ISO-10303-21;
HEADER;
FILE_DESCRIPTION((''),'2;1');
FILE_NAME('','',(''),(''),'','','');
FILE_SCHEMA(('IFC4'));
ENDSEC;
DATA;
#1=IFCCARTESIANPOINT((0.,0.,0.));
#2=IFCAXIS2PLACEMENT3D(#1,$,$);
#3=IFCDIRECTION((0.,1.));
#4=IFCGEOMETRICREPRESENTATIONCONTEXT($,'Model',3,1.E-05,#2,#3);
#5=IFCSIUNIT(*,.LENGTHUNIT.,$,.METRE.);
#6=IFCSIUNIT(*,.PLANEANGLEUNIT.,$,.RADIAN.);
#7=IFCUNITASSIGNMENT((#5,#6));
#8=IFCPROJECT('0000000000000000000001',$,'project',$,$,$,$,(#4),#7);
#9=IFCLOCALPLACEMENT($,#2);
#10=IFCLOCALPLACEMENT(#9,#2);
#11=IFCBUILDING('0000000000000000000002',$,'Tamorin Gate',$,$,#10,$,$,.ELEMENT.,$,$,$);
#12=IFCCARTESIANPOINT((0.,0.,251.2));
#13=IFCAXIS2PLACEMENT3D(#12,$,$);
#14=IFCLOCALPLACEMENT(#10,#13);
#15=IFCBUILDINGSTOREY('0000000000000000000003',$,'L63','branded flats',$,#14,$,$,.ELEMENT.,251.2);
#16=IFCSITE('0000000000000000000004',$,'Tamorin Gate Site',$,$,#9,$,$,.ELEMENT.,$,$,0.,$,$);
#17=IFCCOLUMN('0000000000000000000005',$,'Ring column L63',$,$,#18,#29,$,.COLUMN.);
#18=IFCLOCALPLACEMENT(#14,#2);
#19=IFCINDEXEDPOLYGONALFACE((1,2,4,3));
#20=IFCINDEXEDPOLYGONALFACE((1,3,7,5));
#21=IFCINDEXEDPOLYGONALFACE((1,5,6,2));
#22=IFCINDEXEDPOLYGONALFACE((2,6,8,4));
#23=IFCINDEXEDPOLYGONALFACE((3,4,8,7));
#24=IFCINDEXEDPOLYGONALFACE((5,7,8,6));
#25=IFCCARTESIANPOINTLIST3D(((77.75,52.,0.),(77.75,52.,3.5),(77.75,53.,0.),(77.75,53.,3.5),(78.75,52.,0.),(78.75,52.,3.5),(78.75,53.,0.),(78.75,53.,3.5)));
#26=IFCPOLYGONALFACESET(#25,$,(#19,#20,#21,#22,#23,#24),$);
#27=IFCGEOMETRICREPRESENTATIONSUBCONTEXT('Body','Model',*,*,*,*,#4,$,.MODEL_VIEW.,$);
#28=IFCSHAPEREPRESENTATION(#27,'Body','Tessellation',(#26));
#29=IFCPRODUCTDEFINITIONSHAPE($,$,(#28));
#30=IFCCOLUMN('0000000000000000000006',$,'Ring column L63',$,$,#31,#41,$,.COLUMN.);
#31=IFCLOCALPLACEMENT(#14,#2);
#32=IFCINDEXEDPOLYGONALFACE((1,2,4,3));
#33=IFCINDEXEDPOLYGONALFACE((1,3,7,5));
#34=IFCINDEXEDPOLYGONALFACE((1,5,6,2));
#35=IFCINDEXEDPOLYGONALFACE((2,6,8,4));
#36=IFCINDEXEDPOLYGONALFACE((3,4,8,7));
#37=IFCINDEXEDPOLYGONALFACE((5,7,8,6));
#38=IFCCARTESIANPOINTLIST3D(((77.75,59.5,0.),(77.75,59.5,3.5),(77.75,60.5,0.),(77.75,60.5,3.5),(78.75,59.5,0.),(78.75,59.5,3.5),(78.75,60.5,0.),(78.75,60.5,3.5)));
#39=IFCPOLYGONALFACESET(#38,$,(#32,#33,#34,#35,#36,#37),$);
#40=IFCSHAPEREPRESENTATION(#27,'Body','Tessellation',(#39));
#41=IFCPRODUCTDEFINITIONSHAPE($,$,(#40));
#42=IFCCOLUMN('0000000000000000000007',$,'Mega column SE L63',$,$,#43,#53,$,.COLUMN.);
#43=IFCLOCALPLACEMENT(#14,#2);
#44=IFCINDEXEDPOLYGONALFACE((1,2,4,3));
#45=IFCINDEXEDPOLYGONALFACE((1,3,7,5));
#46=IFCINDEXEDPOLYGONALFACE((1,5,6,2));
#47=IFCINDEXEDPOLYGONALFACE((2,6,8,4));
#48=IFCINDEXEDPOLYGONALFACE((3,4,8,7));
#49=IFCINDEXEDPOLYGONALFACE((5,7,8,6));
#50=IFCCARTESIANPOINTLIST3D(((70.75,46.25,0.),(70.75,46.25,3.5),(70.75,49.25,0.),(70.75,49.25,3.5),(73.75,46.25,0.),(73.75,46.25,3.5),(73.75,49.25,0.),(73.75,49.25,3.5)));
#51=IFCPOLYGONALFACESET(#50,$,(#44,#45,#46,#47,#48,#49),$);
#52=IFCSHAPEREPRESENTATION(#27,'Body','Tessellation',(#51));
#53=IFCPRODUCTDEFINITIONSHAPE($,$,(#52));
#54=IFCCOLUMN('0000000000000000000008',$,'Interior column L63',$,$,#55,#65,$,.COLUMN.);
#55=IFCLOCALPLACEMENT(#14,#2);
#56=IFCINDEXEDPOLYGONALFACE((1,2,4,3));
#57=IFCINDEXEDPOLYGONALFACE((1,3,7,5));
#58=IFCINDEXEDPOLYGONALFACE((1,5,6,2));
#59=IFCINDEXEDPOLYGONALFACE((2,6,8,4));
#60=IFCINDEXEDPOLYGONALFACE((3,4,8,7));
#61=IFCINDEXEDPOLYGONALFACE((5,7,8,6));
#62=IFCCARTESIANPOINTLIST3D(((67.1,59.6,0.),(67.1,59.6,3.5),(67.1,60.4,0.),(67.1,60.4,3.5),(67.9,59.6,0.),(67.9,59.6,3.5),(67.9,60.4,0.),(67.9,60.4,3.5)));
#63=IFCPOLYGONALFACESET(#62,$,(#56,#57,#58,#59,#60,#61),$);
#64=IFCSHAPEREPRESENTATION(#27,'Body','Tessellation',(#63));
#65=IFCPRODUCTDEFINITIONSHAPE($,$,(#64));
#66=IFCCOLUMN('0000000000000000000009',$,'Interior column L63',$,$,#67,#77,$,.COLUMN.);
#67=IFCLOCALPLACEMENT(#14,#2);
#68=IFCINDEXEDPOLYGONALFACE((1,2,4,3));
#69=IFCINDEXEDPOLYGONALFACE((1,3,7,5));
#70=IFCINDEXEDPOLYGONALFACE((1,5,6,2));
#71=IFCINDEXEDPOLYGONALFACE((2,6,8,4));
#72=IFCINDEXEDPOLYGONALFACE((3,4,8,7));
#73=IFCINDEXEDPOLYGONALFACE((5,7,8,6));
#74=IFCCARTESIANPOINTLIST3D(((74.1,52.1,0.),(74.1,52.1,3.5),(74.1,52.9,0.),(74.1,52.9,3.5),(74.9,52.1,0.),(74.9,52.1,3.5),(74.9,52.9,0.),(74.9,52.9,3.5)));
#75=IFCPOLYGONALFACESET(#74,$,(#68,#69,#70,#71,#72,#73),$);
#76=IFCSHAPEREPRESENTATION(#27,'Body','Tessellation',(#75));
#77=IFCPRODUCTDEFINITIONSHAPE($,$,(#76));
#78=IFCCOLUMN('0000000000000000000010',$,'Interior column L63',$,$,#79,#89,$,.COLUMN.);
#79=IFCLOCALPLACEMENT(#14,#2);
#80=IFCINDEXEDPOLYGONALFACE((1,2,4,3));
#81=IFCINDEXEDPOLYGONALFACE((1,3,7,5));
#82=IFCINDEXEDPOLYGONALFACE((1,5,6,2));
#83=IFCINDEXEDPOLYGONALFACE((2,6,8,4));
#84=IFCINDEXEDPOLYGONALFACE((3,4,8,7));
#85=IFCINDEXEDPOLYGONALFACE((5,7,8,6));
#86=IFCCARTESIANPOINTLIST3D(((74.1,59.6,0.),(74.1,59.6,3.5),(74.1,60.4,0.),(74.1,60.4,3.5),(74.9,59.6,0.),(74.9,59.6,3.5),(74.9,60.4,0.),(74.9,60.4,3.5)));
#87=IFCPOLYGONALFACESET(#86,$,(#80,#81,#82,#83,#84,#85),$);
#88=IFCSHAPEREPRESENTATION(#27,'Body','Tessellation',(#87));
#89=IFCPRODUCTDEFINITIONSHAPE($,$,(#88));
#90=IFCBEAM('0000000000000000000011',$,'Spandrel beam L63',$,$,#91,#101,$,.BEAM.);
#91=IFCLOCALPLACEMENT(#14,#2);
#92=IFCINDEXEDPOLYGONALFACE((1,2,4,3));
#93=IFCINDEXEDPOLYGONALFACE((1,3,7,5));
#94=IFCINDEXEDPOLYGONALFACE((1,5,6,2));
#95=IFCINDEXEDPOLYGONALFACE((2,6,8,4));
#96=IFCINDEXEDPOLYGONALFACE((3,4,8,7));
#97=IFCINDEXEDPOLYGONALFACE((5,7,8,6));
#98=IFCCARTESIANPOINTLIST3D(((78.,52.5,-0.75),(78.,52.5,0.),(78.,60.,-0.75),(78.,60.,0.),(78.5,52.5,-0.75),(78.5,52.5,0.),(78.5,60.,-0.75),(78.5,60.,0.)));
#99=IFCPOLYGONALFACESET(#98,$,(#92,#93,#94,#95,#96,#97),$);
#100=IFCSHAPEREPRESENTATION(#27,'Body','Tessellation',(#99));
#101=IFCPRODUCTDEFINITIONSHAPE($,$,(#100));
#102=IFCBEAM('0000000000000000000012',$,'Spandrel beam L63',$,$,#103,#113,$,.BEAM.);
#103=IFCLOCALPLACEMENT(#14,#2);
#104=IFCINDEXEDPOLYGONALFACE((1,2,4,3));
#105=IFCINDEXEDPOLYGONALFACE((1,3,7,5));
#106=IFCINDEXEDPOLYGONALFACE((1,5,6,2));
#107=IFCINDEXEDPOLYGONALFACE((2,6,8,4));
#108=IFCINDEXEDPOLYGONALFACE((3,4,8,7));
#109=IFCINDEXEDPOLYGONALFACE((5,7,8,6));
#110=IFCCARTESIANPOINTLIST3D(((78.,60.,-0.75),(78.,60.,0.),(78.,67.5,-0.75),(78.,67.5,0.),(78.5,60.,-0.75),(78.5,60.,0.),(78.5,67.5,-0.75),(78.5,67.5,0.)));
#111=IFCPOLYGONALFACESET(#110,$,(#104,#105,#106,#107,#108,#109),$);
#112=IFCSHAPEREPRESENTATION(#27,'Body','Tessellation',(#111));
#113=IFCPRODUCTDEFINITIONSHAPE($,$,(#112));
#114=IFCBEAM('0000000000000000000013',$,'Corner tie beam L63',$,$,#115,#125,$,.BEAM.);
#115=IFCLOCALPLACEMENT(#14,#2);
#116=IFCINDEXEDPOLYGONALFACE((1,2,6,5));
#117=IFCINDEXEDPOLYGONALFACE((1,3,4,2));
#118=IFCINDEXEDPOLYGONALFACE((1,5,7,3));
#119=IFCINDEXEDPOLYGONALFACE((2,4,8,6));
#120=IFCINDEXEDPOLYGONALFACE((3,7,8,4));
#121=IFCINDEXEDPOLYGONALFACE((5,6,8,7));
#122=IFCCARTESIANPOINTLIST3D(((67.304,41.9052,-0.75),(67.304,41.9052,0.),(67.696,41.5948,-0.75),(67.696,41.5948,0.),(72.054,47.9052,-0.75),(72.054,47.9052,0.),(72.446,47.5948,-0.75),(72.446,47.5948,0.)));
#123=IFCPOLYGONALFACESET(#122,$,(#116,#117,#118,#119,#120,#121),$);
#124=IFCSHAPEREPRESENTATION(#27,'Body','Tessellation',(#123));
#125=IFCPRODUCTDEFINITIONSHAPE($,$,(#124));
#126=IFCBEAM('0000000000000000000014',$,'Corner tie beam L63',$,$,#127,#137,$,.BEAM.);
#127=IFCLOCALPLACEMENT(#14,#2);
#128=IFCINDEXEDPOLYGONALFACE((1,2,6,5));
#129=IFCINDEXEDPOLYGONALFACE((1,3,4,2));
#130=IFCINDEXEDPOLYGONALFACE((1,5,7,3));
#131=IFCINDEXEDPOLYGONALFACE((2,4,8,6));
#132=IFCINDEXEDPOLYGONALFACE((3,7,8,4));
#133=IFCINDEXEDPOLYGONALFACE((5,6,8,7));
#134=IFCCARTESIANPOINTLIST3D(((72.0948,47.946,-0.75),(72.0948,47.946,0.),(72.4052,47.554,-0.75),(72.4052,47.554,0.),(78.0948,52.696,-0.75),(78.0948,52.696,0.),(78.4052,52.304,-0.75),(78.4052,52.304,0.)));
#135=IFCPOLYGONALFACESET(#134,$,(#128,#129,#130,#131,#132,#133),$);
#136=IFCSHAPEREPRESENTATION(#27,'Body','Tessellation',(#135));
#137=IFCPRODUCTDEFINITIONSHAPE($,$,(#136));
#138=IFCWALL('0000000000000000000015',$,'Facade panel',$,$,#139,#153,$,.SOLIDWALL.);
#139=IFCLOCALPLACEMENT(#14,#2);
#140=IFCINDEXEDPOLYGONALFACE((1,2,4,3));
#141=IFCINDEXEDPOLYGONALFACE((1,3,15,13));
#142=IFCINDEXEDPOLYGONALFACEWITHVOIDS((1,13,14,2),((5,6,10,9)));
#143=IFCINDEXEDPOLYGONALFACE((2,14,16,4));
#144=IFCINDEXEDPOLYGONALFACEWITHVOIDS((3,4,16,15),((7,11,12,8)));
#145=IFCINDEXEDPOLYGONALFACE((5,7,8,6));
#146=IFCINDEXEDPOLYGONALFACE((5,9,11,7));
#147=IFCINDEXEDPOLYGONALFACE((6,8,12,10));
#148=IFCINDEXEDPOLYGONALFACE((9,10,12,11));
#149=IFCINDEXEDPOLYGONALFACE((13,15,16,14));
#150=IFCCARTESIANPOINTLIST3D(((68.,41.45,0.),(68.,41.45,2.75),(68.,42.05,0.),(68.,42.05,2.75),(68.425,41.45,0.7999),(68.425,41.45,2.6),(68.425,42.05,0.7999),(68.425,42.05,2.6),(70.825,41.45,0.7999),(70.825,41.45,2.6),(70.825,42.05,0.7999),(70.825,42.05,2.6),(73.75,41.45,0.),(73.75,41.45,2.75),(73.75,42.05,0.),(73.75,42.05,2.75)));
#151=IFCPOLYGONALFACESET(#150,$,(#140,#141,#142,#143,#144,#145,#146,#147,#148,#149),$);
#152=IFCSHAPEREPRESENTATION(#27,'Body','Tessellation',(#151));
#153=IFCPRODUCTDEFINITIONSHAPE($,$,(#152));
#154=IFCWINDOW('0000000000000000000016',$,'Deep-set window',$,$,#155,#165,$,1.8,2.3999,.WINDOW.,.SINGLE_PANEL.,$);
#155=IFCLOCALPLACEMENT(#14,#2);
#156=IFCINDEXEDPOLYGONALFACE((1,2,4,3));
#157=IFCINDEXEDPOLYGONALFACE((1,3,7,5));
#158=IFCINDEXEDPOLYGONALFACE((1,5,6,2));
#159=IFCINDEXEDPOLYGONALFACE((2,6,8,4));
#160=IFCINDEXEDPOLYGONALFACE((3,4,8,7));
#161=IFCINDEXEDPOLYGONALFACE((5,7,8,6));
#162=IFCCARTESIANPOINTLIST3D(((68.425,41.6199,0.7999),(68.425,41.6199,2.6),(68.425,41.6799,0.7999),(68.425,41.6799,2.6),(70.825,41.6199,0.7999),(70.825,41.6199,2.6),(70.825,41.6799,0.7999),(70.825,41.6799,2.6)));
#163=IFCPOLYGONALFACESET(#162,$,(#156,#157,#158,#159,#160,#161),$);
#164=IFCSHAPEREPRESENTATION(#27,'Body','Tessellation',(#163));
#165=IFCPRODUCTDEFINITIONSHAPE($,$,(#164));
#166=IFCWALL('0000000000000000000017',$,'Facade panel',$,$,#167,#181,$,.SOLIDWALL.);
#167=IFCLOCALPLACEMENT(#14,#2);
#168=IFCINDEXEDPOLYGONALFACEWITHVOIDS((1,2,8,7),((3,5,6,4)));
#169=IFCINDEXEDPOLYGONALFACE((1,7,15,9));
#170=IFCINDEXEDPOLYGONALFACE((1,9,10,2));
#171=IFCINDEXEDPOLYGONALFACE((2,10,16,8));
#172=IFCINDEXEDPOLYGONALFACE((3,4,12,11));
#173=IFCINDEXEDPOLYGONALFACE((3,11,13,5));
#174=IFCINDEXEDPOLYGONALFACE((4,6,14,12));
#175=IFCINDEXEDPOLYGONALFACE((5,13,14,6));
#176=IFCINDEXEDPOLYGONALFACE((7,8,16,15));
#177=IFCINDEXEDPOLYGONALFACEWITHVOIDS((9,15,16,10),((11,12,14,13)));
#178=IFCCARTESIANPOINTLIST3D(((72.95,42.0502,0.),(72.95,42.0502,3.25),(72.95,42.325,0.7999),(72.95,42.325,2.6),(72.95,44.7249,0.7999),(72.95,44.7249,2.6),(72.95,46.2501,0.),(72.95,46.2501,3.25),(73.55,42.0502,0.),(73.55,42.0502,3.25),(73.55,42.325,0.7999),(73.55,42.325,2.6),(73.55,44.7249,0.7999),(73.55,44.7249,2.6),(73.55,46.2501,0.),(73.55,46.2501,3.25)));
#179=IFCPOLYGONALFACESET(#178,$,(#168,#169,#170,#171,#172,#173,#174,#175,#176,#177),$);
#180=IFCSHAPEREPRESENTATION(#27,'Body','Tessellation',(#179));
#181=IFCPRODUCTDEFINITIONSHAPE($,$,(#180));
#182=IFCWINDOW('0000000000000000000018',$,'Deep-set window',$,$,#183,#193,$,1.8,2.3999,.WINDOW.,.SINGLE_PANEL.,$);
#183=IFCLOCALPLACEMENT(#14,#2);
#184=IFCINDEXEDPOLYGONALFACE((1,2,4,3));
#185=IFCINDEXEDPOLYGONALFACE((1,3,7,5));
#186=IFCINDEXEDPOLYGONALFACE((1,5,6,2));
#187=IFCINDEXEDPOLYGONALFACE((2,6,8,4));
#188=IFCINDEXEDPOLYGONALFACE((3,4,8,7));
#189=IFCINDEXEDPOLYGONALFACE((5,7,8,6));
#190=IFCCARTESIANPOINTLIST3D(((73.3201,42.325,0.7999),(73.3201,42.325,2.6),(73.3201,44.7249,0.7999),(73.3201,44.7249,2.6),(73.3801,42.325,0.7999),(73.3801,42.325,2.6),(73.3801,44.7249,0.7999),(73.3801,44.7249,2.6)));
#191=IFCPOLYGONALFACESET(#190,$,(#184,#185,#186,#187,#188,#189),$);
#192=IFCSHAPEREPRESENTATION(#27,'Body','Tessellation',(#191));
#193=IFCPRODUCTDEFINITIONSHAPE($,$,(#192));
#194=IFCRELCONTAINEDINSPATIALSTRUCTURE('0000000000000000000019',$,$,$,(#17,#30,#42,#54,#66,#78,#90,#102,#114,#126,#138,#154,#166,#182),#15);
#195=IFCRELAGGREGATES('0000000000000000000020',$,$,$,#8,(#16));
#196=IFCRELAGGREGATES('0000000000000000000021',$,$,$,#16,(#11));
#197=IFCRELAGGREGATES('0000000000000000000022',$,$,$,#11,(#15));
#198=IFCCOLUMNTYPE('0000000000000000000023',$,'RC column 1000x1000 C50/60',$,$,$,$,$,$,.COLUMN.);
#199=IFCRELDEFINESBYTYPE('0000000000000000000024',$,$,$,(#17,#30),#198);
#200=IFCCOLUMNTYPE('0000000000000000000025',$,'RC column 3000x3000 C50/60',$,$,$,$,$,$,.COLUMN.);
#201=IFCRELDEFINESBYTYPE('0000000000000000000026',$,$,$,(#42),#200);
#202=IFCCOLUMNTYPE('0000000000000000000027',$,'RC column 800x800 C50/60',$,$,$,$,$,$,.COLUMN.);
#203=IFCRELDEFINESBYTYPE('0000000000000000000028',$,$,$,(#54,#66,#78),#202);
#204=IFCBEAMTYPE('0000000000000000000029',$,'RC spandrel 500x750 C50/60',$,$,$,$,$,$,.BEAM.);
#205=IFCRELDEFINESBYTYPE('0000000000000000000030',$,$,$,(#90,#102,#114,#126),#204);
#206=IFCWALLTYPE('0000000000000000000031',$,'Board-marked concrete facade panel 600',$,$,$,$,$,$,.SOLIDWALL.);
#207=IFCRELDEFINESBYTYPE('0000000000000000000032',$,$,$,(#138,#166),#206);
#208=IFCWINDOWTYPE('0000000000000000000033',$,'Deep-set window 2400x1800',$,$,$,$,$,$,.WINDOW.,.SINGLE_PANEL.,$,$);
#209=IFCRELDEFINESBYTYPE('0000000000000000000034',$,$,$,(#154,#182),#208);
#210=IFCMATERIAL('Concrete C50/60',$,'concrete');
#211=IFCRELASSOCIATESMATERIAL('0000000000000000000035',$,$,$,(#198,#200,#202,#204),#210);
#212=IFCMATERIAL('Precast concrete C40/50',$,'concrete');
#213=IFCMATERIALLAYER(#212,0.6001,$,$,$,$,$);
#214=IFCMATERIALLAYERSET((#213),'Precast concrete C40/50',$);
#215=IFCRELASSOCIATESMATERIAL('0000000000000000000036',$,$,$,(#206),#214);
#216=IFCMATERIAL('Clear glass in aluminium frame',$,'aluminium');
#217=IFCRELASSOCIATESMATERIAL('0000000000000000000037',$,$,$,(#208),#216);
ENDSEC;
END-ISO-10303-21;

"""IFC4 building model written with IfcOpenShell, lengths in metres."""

from ifc_helpers import new_model, si_unit, direction, frame, frame_2d, origin, origin_2d, place, context, subcontext, project, spatial, rectangle, extrude, material, layer, layer_set, material_profile, profile_set, type_object, element, fill, save


model = new_model("IFC4")

# Units and contexts
model_context = context("Model", 3, precision=1e-05, world=origin(), true_north=direction((0.0, 1.0)))
body_context = subcontext(model_context, "Body", "Model", "MODEL_VIEW")
ifc_project = project(units=[si_unit("LENGTHUNIT", "METRE"), si_unit("PLANEANGLEUNIT", "RADIAN")], contexts=[model_context])

# Site, building, storey
site_placement = place(None, origin())
site = spatial("IfcSite", under=ifc_project, at=site_placement, Name="Tamorin Gate Site", CompositionType="ELEMENT", RefElevation=0.0)
building_placement = place(site_placement, origin())
building = spatial("IfcBuilding", under=site, at=building_placement, Name="Tamorin Gate", CompositionType="ELEMENT")
storey_placement = place(building_placement, frame((0.0, 0.0, 251.2)))
storey = spatial("IfcBuildingStorey", under=building, at=storey_placement, Name="L63", Description="branded flats", CompositionType="ELEMENT", Elevation=251.2)

# Columns
ifc_material_1 = material(Name="Concrete C50/60", Category="concrete")
ifc_material_profile_1 = material_profile(ifc_material_1, rectangle(XDim=1.0, YDim=1.0, at=origin_2d()), Name="RC 1000x1000")
ifc_profile_set_1 = profile_set([ifc_material_profile_1], Name="Concrete C50/60")
column_type_1 = type_object("IfcColumnType", Name="RC column 1000x1000 C50/60", PredefinedType="COLUMN", material=ifc_profile_set_1)
for number, where, z_axis, x_axis, name in (
    (1, (78.25, 52.5, 0.0), (0.0, 0.0, 1.0), (1.0, 0.0, 0.0), "Ring column L63"),
    (2, (78.25, 60.0, 0.0), (0.0, 0.0, 1.0), (1.0, 0.0, 0.0), "Ring column L63"),
):
    element("IfcColumn", number, at=place(storey_placement, frame(where, z_axis=z_axis, x_axis=x_axis)), inside=storey, type_object=column_type_1, Name=name, PredefinedType="COLUMN", context=body_context, shape_type="SweptSolid", body=[
        extrude(rectangle(XDim=1.0, YDim=1.0, at=origin_2d()), origin(), (0.0, 0.0, 1.0), 3.5),
    ])
ifc_material_profile_2 = material_profile(ifc_material_1, rectangle(XDim=3.0, YDim=3.0, at=origin_2d()), Name="RC 3000x3000")
ifc_profile_set_2 = profile_set([ifc_material_profile_2], Name="Concrete C50/60")
column_type_2 = type_object("IfcColumnType", Name="RC column 3000x3000 C50/60", PredefinedType="COLUMN", material=ifc_profile_set_2)
column_placement = place(storey_placement, frame((72.25, 47.75, 0.0), z_axis=(0.0, 0.0, 1.0), x_axis=(1.0, 0.0, 0.0)))
element("IfcColumn", 3, at=column_placement, inside=storey, type_object=column_type_2, Name="Mega column SE L63", PredefinedType="COLUMN", context=body_context, shape_type="SweptSolid", body=[
    extrude(rectangle(XDim=3.0, YDim=3.0, at=origin_2d()), origin(), (0.0, 0.0, 1.0), 3.5),
])
ifc_material_profile_3 = material_profile(ifc_material_1, rectangle(XDim=0.8, YDim=0.8, at=origin_2d()), Name="RC 800x800")
ifc_profile_set_3 = profile_set([ifc_material_profile_3], Name="Concrete C50/60")
column_type_3 = type_object("IfcColumnType", Name="RC column 800x800 C50/60", PredefinedType="COLUMN", material=ifc_profile_set_3)
for number, where, z_axis, x_axis, name in (
    (4, (67.5, 60.0, 0.0), (0.0, 0.0, 1.0), (1.0, 0.0, 0.0), "Interior column L63"),
    (5, (74.5, 52.5, 0.0), (0.0, 0.0, 1.0), (1.0, 0.0, 0.0), "Interior column L63"),
    (6, (74.5, 60.0, 0.0), (0.0, 0.0, 1.0), (1.0, 0.0, 0.0), "Interior column L63"),
):
    element("IfcColumn", number, at=place(storey_placement, frame(where, z_axis=z_axis, x_axis=x_axis)), inside=storey, type_object=column_type_3, Name=name, PredefinedType="COLUMN", context=body_context, shape_type="SweptSolid", body=[
        extrude(rectangle(XDim=0.8, YDim=0.8, at=origin_2d()), origin(), (0.0, 0.0, 1.0), 3.5),
    ])

# Beams
ifc_material_profile_4 = material_profile(ifc_material_1, rectangle(XDim=0.5, YDim=0.75, at=origin_2d()), Name="RC 500x750")
ifc_profile_set_4 = profile_set([ifc_material_profile_4], Name="Concrete C50/60")
beam_type = type_object("IfcBeamType", Name="RC spandrel 500x750 C50/60", PredefinedType="BEAM", material=ifc_profile_set_4)
for number, where, z_axis, x_axis, name in (
    (7, (78.25, 52.5, -0.375), (0.0, 1.0, 0.0), (-1.0, 0.0, 0.0), "Spandrel beam L63"),
    (8, (78.25, 60.0, -0.375), (0.0, 1.0, 0.0), (-1.0, 0.0, 0.0), "Spandrel beam L63"),
):
    element("IfcBeam", number, at=place(storey_placement, frame(where, z_axis=z_axis, x_axis=x_axis)), inside=storey, type_object=beam_type, Name=name, PredefinedType="BEAM", context=body_context, shape_type="SweptSolid", body=[
        extrude(rectangle(XDim=0.5, YDim=0.75, at=origin_2d()), origin(), (0.0, 0.0, 1.0), 7.5),
    ])
for number, where, z_axis, x_axis, name in (
    (9, (72.25, 47.75, -0.375), (-0.620703, -0.784046, 0.0), (0.784046, -0.620703, 0.0), "Corner tie beam L63"),
    (10, (72.25, 47.75, -0.375), (0.784046, 0.620703, 0.0), (-0.620703, 0.784046, 0.0), "Corner tie beam L63"),
):
    element("IfcBeam", number, at=place(storey_placement, frame(where, z_axis=z_axis, x_axis=x_axis)), inside=storey, type_object=beam_type, Name=name, PredefinedType="BEAM", context=body_context, shape_type="SweptSolid", body=[
        extrude(rectangle(XDim=0.5, YDim=0.75, at=origin_2d()), origin(), (0.0, 0.0, 1.0), 7.6526),
    ])

# Walls, openings, windows
ifc_material_2 = material(Name="Precast concrete C40/50", Category="concrete")
ifc_layer = layer(ifc_material_2, 0.6001)
ifc_layer_set = layer_set([ifc_layer], Name="Precast concrete C40/50")
wall_type = type_object("IfcWallType", Name="Board-marked concrete facade panel 600", PredefinedType="SOLIDWALL", material=ifc_layer_set)
wall_1_placement = place(storey_placement, frame((68.0, 41.75, 0.0), z_axis=(0.0, 0.0, 1.0), x_axis=(1.0, 0.0, 0.0)))
wall_1 = element("IfcWall", 11, at=wall_1_placement, inside=storey, type_object=wall_type, Name="Facade panel", PredefinedType="SOLIDWALL", context=body_context, shape_type="SweptSolid", body=[
    extrude(rectangle(XDim=5.75, YDim=0.6001, at=frame_2d((2.875, 0.0))), origin(), (0.0, 0.0, 1.0), 2.75),
])
opening_1_placement = place(wall_1_placement, frame((0.425, 0.0, 0.8)))
opening_1 = element("IfcOpeningElement", 12, at=opening_1_placement, cuts=wall_1, PredefinedType="OPENING", context=body_context, shape_type="SweptSolid", body=[
    extrude(rectangle(XDim=2.3999, YDim=1.8, at=frame_2d((1.2, 0.8999))), frame((0.0, 0.3101, 0.0), z_axis=(0.0, -1.0, 0.0), x_axis=(1.0, 0.0, 0.0)), (0.0, 0.0, 1.0), 0.6201),
])
ifc_material_3 = material(Name="Clear glass in aluminium frame", Category="aluminium")
window_type = type_object("IfcWindowType", Name="Deep-set window 2400x1800", PartitioningType="SINGLE_PANEL", PredefinedType="WINDOW", material=ifc_material_3)
window_1_placement = place(opening_1_placement, origin())
window_1 = element("IfcWindow", 13, at=window_1_placement, inside=storey, type_object=window_type, Name="Deep-set window", OverallHeight=1.8, OverallWidth=2.3999, PartitioningType="SINGLE_PANEL", PredefinedType="WINDOW", context=body_context, shape_type="SweptSolid", body=[
    extrude(rectangle(XDim=2.3999, YDim=1.8, at=frame_2d((1.2, 0.8999))), frame((0.0, -0.0701, 0.0), z_axis=(0.0, -1.0, 0.0), x_axis=(1.0, 0.0, 0.0)), (0.0, 0.0, 1.0), 0.0601),
])
fill(opening_1, window_1)
wall_2_placement = place(storey_placement, frame((73.25, 42.05, 0.0), z_axis=(0.0, 0.0, 1.0), x_axis=(0.0, 1.0, 0.0)))
wall_2 = element("IfcWall", 14, at=wall_2_placement, inside=storey, type_object=wall_type, Name="Facade panel", PredefinedType="SOLIDWALL", context=body_context, shape_type="SweptSolid", body=[
    extrude(rectangle(XDim=4.2, YDim=0.6001, at=frame_2d((2.1001, 0.0))), origin(), (0.0, 0.0, 1.0), 3.25),
])
opening_2_placement = place(wall_2_placement, frame((0.2749, 0.0, 0.8)))
opening_2 = element("IfcOpeningElement", 15, at=opening_2_placement, cuts=wall_2, PredefinedType="OPENING", context=body_context, shape_type="SweptSolid", body=[
    extrude(rectangle(XDim=2.3999, YDim=1.8, at=frame_2d((1.2, 0.8999))), frame((0.0, 0.3101, 0.0), z_axis=(0.0, -1.0, 0.0), x_axis=(1.0, 0.0, 0.0)), (0.0, 0.0, 1.0), 0.6201),
])
window_2_placement = place(opening_2_placement, origin())
window_2 = element("IfcWindow", 16, at=window_2_placement, inside=storey, type_object=window_type, Name="Deep-set window", OverallHeight=1.8, OverallWidth=2.3999, PartitioningType="SINGLE_PANEL", PredefinedType="WINDOW", context=body_context, shape_type="SweptSolid", body=[
    extrude(rectangle(XDim=2.3999, YDim=1.8, at=frame_2d((1.2, 0.8999))), frame((0.0, -0.0701, 0.0), z_axis=(0.0, -1.0, 0.0), x_axis=(1.0, 0.0, 0.0)), (0.0, 0.0, 1.0), 0.0601),
])
fill(opening_2, window_2)

save(model, "model.ifc")
